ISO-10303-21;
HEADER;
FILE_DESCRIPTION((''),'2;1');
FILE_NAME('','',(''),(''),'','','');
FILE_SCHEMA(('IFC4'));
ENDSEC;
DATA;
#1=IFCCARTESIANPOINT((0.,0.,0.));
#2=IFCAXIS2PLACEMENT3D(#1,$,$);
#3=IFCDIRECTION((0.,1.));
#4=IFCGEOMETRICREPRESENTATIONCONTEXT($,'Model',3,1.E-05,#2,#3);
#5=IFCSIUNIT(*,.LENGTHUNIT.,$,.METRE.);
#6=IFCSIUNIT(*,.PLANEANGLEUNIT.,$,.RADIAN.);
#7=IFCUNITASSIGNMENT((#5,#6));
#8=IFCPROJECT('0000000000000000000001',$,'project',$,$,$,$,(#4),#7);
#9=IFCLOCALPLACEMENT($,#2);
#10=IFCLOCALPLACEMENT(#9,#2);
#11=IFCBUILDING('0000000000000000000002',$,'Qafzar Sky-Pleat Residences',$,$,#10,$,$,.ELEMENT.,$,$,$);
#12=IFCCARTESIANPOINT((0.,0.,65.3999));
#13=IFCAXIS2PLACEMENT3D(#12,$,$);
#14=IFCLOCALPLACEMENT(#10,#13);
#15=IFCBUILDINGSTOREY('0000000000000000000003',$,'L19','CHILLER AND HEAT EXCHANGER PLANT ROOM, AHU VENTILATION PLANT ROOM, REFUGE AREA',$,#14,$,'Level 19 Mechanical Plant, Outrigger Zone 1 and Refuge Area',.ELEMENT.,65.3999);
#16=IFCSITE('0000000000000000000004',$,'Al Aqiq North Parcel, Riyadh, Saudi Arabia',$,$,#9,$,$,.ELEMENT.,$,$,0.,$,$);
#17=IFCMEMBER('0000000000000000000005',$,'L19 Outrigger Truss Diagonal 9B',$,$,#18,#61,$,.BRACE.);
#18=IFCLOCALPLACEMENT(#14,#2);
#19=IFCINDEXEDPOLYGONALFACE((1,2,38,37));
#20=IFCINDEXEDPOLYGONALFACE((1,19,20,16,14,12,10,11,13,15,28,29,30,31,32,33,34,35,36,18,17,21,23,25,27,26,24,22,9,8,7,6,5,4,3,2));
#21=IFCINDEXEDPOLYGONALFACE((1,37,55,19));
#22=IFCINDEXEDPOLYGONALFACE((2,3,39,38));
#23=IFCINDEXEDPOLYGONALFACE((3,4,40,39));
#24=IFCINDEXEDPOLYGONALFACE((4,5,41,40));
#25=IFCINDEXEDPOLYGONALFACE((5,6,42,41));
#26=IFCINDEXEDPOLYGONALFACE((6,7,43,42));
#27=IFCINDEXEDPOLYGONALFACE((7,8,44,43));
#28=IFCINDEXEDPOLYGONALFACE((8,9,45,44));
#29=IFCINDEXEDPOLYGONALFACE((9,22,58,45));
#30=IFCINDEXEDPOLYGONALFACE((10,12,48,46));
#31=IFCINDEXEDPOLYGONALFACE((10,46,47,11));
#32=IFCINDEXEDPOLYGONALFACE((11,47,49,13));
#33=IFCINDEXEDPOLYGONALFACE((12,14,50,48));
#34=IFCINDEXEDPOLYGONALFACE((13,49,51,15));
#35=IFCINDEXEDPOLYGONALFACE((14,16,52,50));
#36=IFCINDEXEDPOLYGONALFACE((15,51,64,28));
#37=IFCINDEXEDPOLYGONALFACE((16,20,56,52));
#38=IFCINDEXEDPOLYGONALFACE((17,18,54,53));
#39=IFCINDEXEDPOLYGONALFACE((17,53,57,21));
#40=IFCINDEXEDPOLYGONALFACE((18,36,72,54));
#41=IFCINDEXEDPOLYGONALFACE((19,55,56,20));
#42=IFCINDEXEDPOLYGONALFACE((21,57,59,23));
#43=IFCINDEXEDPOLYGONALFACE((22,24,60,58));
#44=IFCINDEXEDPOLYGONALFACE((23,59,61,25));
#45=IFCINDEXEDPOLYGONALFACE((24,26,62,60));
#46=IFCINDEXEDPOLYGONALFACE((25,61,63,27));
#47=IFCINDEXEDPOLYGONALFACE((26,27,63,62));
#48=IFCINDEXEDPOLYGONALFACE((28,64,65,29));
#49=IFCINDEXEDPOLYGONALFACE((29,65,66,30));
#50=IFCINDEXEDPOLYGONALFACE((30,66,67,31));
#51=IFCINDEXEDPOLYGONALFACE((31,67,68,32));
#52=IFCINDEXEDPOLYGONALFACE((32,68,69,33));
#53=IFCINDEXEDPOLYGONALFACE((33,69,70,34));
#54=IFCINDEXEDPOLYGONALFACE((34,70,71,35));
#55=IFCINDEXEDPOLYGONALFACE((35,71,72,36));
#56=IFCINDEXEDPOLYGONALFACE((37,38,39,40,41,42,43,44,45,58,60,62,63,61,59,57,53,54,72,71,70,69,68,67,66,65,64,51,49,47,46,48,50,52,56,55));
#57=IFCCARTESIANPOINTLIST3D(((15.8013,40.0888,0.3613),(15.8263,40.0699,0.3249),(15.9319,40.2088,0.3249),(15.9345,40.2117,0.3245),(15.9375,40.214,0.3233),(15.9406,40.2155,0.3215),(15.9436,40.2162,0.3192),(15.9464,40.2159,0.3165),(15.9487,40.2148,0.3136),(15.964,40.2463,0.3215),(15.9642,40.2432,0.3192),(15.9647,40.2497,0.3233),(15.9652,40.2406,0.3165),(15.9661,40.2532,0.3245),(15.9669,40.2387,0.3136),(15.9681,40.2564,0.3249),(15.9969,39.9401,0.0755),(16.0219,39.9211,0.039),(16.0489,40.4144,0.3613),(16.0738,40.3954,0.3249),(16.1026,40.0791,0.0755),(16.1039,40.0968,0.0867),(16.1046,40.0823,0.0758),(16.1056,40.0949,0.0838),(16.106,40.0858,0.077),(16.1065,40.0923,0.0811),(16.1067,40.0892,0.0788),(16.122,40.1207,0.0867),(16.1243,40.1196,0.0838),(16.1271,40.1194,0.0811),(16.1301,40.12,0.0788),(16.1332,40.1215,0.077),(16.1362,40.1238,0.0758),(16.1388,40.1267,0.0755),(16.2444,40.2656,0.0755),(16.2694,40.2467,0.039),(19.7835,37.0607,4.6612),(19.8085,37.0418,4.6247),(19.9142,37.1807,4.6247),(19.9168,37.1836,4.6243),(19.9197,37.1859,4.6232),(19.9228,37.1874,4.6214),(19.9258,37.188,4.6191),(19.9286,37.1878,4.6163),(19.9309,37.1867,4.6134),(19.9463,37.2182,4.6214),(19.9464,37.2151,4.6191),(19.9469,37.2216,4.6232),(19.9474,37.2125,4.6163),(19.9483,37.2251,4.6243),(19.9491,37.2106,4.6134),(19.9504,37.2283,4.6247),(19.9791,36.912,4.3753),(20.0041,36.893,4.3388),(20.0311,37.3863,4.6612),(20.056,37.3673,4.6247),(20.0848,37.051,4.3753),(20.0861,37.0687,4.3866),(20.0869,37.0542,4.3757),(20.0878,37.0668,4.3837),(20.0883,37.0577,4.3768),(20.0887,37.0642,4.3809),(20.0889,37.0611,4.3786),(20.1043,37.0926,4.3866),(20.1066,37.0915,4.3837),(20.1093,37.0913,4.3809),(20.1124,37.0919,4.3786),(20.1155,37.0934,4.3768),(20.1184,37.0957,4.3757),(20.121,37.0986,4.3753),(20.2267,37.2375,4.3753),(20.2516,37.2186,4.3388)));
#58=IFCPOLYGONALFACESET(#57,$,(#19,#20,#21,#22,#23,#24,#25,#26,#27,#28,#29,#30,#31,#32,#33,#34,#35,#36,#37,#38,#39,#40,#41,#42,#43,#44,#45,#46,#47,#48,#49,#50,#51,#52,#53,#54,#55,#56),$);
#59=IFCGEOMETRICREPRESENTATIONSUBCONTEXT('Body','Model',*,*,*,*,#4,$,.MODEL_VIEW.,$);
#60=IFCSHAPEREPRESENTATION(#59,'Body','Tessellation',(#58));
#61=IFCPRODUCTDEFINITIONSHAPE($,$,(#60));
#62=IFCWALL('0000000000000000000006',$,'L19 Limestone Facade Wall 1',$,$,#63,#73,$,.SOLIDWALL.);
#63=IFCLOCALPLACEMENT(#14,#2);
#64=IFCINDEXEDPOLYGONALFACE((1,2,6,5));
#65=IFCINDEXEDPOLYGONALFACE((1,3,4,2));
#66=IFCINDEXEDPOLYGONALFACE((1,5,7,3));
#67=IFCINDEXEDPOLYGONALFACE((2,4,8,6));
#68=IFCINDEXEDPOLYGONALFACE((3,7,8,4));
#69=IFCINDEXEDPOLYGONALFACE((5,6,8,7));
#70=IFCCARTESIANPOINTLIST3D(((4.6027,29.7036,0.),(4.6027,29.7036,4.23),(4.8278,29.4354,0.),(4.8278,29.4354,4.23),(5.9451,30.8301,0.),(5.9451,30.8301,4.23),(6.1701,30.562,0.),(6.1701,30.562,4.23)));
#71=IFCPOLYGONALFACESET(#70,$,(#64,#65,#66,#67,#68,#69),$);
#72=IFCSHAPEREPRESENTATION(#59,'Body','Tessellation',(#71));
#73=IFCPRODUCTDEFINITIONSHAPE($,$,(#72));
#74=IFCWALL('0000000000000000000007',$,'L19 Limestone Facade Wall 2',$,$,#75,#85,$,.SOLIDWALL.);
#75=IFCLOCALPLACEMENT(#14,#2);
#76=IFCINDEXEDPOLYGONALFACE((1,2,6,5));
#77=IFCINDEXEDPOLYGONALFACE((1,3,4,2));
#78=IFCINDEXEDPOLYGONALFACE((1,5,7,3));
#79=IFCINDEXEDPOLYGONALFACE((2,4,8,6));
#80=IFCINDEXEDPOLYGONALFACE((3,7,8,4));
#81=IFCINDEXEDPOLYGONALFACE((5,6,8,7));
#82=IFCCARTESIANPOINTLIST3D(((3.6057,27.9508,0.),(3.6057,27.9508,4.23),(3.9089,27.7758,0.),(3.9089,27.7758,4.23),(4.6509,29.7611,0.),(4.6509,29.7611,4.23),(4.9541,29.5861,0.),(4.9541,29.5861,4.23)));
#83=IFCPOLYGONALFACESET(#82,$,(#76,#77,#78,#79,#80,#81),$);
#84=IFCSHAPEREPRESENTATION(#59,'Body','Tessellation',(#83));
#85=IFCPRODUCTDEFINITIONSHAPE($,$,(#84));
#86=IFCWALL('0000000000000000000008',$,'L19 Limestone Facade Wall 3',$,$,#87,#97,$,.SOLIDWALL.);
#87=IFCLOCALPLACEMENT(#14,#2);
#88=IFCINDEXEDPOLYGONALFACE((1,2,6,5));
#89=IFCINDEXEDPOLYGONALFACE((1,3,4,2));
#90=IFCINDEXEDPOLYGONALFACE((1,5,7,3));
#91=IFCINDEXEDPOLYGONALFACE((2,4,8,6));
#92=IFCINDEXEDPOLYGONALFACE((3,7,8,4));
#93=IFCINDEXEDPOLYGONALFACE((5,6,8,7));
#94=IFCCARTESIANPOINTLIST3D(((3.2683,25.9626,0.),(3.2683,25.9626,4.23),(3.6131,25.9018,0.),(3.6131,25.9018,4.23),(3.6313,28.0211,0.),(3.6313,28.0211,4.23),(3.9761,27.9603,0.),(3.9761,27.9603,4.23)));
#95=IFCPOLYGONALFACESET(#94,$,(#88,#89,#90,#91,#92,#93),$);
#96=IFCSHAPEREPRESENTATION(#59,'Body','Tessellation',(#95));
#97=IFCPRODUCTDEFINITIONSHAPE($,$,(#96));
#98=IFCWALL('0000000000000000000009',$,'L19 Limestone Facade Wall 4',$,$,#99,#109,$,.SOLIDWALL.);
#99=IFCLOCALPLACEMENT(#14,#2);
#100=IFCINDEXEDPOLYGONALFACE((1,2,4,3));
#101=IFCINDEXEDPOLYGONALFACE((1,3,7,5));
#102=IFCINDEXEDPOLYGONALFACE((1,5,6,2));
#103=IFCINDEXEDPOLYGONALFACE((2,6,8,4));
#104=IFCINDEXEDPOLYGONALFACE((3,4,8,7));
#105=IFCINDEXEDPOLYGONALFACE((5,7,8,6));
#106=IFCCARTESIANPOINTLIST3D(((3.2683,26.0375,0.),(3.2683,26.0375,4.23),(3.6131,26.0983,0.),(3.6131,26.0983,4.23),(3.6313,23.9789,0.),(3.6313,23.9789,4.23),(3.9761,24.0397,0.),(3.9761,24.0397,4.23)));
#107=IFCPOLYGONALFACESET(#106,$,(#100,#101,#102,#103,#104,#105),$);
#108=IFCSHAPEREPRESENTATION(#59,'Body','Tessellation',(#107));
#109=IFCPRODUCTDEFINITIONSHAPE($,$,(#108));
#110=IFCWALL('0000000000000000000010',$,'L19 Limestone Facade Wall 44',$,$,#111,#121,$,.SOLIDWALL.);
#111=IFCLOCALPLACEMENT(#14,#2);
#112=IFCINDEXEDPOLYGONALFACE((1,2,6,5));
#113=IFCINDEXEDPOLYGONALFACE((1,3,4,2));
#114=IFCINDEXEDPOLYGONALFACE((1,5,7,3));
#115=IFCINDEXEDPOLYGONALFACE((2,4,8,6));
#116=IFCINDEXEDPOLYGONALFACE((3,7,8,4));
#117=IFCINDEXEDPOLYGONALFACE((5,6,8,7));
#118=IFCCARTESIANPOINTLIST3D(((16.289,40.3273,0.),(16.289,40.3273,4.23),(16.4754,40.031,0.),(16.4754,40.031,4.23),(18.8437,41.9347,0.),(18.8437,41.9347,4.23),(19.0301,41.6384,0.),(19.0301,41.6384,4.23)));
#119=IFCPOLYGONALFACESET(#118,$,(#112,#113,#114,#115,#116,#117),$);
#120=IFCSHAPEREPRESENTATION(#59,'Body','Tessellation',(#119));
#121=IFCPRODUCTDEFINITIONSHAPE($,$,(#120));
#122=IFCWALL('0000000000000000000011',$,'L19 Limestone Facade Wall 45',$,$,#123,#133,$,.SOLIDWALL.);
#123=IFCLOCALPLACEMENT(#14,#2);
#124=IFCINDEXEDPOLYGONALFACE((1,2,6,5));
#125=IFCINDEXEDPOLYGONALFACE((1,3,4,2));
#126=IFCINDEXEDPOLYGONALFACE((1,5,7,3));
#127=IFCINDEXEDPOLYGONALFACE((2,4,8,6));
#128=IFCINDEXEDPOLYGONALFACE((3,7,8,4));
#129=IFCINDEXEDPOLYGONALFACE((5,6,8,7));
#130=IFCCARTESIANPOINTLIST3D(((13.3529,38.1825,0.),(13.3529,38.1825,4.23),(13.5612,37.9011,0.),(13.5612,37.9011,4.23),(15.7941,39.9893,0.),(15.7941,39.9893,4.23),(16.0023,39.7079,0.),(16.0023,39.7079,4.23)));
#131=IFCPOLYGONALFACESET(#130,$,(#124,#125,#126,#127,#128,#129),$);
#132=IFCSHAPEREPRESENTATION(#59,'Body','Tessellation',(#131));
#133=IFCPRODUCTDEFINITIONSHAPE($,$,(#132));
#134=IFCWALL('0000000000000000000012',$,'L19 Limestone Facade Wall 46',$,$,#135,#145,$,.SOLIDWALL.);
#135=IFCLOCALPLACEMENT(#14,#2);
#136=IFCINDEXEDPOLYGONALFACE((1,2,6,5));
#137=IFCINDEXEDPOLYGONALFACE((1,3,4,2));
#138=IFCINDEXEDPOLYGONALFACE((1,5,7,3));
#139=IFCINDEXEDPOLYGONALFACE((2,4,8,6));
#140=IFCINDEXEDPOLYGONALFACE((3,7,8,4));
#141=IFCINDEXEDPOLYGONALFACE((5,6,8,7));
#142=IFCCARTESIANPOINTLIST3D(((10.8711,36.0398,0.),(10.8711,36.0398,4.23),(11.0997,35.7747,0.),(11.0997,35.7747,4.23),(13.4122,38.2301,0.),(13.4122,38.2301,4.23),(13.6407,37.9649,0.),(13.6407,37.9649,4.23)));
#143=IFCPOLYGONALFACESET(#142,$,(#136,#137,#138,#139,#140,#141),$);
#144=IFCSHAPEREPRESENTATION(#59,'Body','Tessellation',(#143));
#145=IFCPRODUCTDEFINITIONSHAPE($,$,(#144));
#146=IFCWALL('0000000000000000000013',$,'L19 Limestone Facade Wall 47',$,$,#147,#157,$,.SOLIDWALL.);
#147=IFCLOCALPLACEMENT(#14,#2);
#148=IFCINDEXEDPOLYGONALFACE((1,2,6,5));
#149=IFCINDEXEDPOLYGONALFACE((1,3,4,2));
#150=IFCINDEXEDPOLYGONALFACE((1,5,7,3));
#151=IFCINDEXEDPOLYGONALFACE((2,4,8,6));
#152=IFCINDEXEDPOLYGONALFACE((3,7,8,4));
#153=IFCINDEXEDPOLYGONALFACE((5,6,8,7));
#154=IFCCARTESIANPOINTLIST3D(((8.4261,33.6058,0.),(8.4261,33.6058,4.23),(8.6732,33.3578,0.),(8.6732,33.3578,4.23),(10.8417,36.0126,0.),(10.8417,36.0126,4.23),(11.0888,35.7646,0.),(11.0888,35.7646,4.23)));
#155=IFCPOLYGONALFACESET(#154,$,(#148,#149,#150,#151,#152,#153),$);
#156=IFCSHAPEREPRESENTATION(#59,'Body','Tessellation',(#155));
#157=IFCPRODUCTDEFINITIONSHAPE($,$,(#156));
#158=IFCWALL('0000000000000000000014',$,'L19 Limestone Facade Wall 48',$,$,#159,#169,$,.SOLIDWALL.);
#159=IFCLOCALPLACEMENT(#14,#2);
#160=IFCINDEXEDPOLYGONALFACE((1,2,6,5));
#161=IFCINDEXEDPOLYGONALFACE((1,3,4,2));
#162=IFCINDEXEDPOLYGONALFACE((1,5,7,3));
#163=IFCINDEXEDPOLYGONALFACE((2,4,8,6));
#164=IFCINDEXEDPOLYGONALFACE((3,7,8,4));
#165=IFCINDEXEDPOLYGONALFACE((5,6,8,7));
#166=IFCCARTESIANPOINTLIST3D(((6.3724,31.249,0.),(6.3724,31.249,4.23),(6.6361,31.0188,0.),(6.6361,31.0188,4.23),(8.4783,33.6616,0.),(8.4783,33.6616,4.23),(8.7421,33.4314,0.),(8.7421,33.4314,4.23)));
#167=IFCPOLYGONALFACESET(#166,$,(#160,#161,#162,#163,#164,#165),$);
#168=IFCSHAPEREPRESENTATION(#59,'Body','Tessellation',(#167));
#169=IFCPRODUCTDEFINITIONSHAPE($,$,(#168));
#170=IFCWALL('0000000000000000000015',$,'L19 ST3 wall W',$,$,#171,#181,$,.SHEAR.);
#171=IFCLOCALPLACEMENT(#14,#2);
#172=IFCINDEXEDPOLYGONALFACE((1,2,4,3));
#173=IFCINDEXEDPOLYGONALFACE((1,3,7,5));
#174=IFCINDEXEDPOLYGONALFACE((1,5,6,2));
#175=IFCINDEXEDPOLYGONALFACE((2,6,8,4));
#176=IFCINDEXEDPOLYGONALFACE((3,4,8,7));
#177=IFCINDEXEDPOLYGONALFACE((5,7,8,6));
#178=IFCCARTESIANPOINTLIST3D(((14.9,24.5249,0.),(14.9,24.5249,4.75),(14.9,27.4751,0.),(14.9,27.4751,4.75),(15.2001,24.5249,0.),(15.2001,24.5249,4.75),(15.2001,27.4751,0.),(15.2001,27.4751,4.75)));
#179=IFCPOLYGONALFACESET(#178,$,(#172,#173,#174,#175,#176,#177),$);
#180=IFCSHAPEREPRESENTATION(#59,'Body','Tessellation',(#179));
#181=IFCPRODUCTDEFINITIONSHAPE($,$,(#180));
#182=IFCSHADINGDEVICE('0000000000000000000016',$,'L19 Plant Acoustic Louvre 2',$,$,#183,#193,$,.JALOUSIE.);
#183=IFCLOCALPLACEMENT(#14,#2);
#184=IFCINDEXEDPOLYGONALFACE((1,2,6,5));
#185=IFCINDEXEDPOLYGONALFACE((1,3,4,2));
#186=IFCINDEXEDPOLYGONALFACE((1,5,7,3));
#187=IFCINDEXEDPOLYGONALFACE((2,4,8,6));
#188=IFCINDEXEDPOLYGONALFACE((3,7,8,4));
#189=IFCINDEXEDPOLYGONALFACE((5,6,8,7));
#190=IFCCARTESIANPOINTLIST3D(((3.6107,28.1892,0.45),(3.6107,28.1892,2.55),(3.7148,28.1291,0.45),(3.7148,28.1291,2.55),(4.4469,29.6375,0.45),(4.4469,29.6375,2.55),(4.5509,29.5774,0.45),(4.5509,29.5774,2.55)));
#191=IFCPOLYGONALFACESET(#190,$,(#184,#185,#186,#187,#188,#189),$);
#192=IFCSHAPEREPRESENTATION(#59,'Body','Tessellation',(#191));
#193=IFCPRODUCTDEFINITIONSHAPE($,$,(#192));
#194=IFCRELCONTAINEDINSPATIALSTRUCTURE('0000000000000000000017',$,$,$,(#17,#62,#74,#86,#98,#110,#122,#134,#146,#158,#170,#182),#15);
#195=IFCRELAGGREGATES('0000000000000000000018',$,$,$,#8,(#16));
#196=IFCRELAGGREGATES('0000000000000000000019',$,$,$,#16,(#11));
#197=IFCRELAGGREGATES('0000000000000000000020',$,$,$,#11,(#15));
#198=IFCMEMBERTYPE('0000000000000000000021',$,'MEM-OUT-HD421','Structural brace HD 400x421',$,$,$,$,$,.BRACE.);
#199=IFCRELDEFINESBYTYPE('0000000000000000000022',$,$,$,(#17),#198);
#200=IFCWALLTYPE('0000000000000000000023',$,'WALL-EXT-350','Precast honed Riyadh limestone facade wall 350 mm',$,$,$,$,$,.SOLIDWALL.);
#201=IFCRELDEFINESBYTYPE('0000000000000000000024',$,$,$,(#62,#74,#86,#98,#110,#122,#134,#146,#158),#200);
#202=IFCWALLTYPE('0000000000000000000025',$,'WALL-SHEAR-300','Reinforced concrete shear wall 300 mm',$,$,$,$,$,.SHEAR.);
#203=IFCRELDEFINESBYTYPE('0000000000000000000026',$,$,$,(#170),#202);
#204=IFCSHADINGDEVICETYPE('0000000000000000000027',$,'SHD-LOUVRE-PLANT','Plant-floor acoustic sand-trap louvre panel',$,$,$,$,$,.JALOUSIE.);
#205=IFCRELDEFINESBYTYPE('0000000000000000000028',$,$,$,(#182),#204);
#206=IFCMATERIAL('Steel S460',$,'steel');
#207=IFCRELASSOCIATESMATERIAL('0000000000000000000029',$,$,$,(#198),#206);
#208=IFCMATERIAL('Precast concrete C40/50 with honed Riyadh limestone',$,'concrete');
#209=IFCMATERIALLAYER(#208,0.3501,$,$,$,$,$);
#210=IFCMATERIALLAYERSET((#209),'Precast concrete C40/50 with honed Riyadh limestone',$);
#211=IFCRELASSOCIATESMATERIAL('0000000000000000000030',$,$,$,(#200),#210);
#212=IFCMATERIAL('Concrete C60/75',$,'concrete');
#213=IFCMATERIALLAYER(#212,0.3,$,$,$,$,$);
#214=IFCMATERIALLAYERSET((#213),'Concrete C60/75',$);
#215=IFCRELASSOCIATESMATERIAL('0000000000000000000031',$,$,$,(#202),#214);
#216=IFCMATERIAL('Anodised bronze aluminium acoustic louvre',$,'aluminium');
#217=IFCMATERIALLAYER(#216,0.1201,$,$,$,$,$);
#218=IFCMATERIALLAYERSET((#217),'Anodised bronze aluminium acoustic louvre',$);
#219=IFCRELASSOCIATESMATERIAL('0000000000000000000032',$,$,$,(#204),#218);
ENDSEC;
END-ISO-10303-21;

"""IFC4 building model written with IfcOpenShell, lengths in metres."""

from ifc_helpers import new_model, si_unit, direction, frame, frame_2d, origin, origin_2d, place, context, subcontext, project, spatial, rectangle, i_section, extrude, source, transform, mapped, material, layer, layer_set, material_profile, profile_set, type_object, element, save


model = new_model("IFC4")

# Units and contexts
model_context = context("Model", 3, precision=1e-05, world=origin(), true_north=direction((0.0, 1.0)))
body_context = subcontext(model_context, "Body", "Model", "MODEL_VIEW")
ifc_project = project(units=[si_unit("LENGTHUNIT", "METRE"), si_unit("PLANEANGLEUNIT", "RADIAN")], contexts=[model_context])

# Site, building, storey
site_placement = place(None, origin())
site = spatial("IfcSite", under=ifc_project, at=site_placement, Name="Al Aqiq North Parcel, Riyadh, Saudi Arabia", CompositionType="ELEMENT", RefElevation=0.0)
building_placement = place(site_placement, origin())
building = spatial("IfcBuilding", under=site, at=building_placement, Name="Qafzar Sky-Pleat Residences", CompositionType="ELEMENT")
storey_placement = place(building_placement, frame((0.0, 0.0, 65.3999)))
storey = spatial("IfcBuildingStorey", under=building, at=storey_placement, Name="L19", Description="CHILLER AND HEAT EXCHANGER PLANT ROOM, AHU VENTILATION PLANT ROOM, REFUGE AREA", LongName="Level 19 Mechanical Plant, Outrigger Zone 1 and Refuge Area", CompositionType="ELEMENT", Elevation=65.3999)

# Shared definitions
ifc_material_1 = material(Name="Concrete C60/75", Category="concrete")
ifc_material_2 = material(Name="Steel S460", Category="steel")

# Member
ifc_material_profile_1 = material_profile(ifc_material_2, i_section(OverallWidth=0.4089, OverallDepth=0.425, WebThickness=0.03, FlangeThickness=0.0481, FilletRadius=0.0149, at=origin_2d()), Name="HD 400x421")
ifc_profile_set_1 = profile_set([ifc_material_profile_1], Name="Steel S460")
member_type_1 = type_object("IfcMemberType", Name="MEM-OUT-HD421", Description="Structural brace HD 400x421", PredefinedType="BRACE", material=ifc_profile_set_1)
shared_shape_1 = source(origin(), body_context, "Body", "SweptSolid", [
    extrude(i_section(OverallWidth=0.4089, OverallDepth=0.425, WebThickness=0.03, FlangeThickness=0.0481, FilletRadius=0.0149, at=origin_2d()), origin(), (0.0, 0.0, 1.0), 6.5967),
])
member_1_placement = place(storey_placement, frame((20.0176, 37.1396, 4.5), z_axis=(-0.60367, 0.459035, -0.65182), x_axis=(-0.605289, -0.796006, 0.0)))
element("IfcMember", 1, at=member_1_placement, inside=storey, type_object=member_type_1, Name="L19 Outrigger Truss Diagonal 9B", PredefinedType="BRACE", context=body_context, shape_type="MappedRepresentation", body=[
    mapped(shared_shape_1, transform((0.0, 0.0, 0.0), x_axis=(1.0, 0.0, 0.0), y_axis=(0.0, 1.0, 0.0), z_axis=(0.0, 0.0, 1.0), scale=1.0)),
])

# Walls
ifc_material_3 = material(Name="Precast concrete C40/50 with honed Riyadh limestone", Category="concrete")
ifc_layer_1 = layer(ifc_material_3, 0.3501)
ifc_layer_set_1 = layer_set([ifc_layer_1], Name="Precast concrete C40/50 with honed Riyadh limestone")
wall_type_1 = type_object("IfcWallType", Name="WALL-EXT-350", Description="Precast honed Riyadh limestone facade wall 350 mm", PredefinedType="SOLIDWALL", material=ifc_layer_set_1)
wall_1_placement = place(storey_placement, frame((6.0576, 30.696, 0.0), z_axis=(0.0, 0.0, 1.0), x_axis=(-0.766001, -0.642839, 0.0)))
element("IfcWall", 2, at=wall_1_placement, inside=storey, type_object=wall_type_1, Name="L19 Limestone Facade Wall 1", PredefinedType="SOLIDWALL", context=body_context, shape_type="SweptSolid", body=[
    extrude(rectangle(XDim=1.7524, YDim=0.3501, at=frame_2d((0.8762, 0.0))), origin(), (0.0, 0.0, 1.0), 4.23),
])
for number, where, z_axis, x_axis, name in (
    (3, (4.8025, 29.6736, 0.0), (0.0, 0.0, 1.0), (-0.499995, -0.866028, 0.0), "L19 Limestone Facade Wall 2"),
    (4, (3.8037, 27.9907, 0.0), (0.0, 0.0, 1.0), (-0.173672, -0.984804, 0.0), "L19 Limestone Facade Wall 3"),
    (5, (3.4407, 26.0679, 0.0), (0.0, 0.0, 1.0), (0.173672, -0.984804, 0.0), "L19 Limestone Facade Wall 4"),
):
    element("IfcWall", number, at=place(storey_placement, frame(where, z_axis=z_axis, x_axis=x_axis)), inside=storey, type_object=wall_type_1, Name=name, PredefinedType="SOLIDWALL", context=body_context, shape_type="SweptSolid", body=[
        extrude(rectangle(XDim=2.0903, YDim=0.3501, at=frame_2d((1.0452, 0.0))), origin(), (0.0, 0.0, 1.0), 4.23),
    ])
wall_2_placement = place(storey_placement, frame((18.937, 41.7866, 0.0), z_axis=(0.0, 0.0, 1.0), x_axis=(-0.846395, -0.532556, 0.0)))
element("IfcWall", 6, at=wall_2_placement, inside=storey, type_object=wall_type_1, Name="L19 Limestone Facade Wall 44", PredefinedType="SOLIDWALL", context=body_context, shape_type="SweptSolid", body=[
    extrude(rectangle(XDim=3.0183, YDim=0.3501, at=frame_2d((1.5093, 0.0))), origin(), (0.0, 0.0, 1.0), 4.23),
])
wall_3_placement = place(storey_placement, frame((15.8982, 39.8486, 0.0), z_axis=(0.0, 0.0, 1.0), x_axis=(-0.803775, -0.594933, 0.0)))
element("IfcWall", 7, at=wall_3_placement, inside=storey, type_object=wall_type_1, Name="L19 Limestone Facade Wall 45", PredefinedType="SOLIDWALL", context=body_context, shape_type="SweptSolid", body=[
    extrude(rectangle(XDim=3.0371, YDim=0.3501, at=frame_2d((1.5186, 0.0))), origin(), (0.0, 0.0, 1.0), 4.23),
])
wall_4_placement = place(storey_placement, frame((13.5264, 38.0974, 0.0), z_axis=(0.0, 0.0, 1.0), x_axis=(-0.757461, -0.652881, 0.0)))
element("IfcWall", 8, at=wall_4_placement, inside=storey, type_object=wall_type_1, Name="L19 Limestone Facade Wall 46", PredefinedType="SOLIDWALL", context=body_context, shape_type="SweptSolid", body=[
    extrude(rectangle(XDim=3.3547, YDim=0.3501, at=frame_2d((1.6772, 0.0))), origin(), (0.0, 0.0, 1.0), 4.23),
])
wall_5_placement = place(storey_placement, frame((10.9653, 35.8887, 0.0), z_axis=(0.0, 0.0, 1.0), x_axis=(-0.708394, -0.705817, 0.0)))
element("IfcWall", 9, at=wall_5_placement, inside=storey, type_object=wall_type_1, Name="L19 Limestone Facade Wall 47", PredefinedType="SOLIDWALL", context=body_context, shape_type="SweptSolid", body=[
    extrude(rectangle(XDim=3.4099, YDim=0.3501, at=frame_2d((1.7051, 0.0))), origin(), (0.0, 0.0, 1.0), 4.23),
])
wall_6_placement = place(storey_placement, frame((8.6101, 33.5464, 0.0), z_axis=(0.0, 0.0, 1.0), x_axis=(-0.657608, -0.75336, 0.0)))
element("IfcWall", 10, at=wall_6_placement, inside=storey, type_object=wall_type_1, Name="L19 Limestone Facade Wall 48", PredefinedType="SOLIDWALL", context=body_context, shape_type="SweptSolid", body=[
    extrude(rectangle(XDim=3.2024, YDim=0.3501, at=frame_2d((1.6011, 0.0))), origin(), (0.0, 0.0, 1.0), 4.23),
])
ifc_layer_2 = layer(ifc_material_1, 0.3)
ifc_layer_set_2 = layer_set([ifc_layer_2], Name="Concrete C60/75")
wall_type_2 = type_object("IfcWallType", Name="WALL-SHEAR-300", Description="Reinforced concrete shear wall 300 mm", PredefinedType="SHEAR", material=ifc_layer_set_2)
wall_7_placement = place(storey_placement, frame((15.05, 27.4751, 0.0), z_axis=(0.0, 0.0, 1.0), x_axis=(0.0, -1.0, 0.0)))
element("IfcWall", 11, at=wall_7_placement, inside=storey, type_object=wall_type_2, Name="L19 ST3 wall W", PredefinedType="SHEAR", context=body_context, shape_type="SweptSolid", body=[
    extrude(rectangle(XDim=2.9502, YDim=0.3, at=frame_2d((1.4751, 0.0))), origin(), (0.0, 0.0, 1.0), 4.75),
])

# Shading device
ifc_material_4 = material(Name="Anodised bronze aluminium acoustic louvre", Category="aluminium")
ifc_layer_3 = layer(ifc_material_4, 0.1201)
ifc_layer_set_3 = layer_set([ifc_layer_3], Name="Anodised bronze aluminium acoustic louvre")
shading_device_type = type_object("IfcShadingDeviceType", Name="SHD-LOUVRE-PLANT", Description="Plant-floor acoustic sand-trap louvre panel", PredefinedType="JALOUSIE", material=ifc_layer_set_3)
shared_shape_2 = source(origin(), body_context, "Body", "SweptSolid", [
    extrude(rectangle(XDim=1.6724, YDim=0.1201, at=origin_2d()), origin(), (0.0, 0.0, 1.0), 2.1001),
])
shading_device_1_placement = place(storey_placement, frame((4.0808, 28.8833, 0.45), z_axis=(0.0, 0.0, 1.0), x_axis=(-0.499972, -0.866041, 0.0)))
element("IfcShadingDevice", 12, at=shading_device_1_placement, inside=storey, type_object=shading_device_type, Name="L19 Plant Acoustic Louvre 2", PredefinedType="JALOUSIE", context=body_context, shape_type="MappedRepresentation", body=[
    mapped(shared_shape_2, transform((0.0, 0.0, 0.0), x_axis=(1.0, 0.0, 0.0), y_axis=(0.0, 1.0, 0.0), z_axis=(0.0, 0.0, 1.0), scale=1.0)),
])

save(model, "model.ifc")
